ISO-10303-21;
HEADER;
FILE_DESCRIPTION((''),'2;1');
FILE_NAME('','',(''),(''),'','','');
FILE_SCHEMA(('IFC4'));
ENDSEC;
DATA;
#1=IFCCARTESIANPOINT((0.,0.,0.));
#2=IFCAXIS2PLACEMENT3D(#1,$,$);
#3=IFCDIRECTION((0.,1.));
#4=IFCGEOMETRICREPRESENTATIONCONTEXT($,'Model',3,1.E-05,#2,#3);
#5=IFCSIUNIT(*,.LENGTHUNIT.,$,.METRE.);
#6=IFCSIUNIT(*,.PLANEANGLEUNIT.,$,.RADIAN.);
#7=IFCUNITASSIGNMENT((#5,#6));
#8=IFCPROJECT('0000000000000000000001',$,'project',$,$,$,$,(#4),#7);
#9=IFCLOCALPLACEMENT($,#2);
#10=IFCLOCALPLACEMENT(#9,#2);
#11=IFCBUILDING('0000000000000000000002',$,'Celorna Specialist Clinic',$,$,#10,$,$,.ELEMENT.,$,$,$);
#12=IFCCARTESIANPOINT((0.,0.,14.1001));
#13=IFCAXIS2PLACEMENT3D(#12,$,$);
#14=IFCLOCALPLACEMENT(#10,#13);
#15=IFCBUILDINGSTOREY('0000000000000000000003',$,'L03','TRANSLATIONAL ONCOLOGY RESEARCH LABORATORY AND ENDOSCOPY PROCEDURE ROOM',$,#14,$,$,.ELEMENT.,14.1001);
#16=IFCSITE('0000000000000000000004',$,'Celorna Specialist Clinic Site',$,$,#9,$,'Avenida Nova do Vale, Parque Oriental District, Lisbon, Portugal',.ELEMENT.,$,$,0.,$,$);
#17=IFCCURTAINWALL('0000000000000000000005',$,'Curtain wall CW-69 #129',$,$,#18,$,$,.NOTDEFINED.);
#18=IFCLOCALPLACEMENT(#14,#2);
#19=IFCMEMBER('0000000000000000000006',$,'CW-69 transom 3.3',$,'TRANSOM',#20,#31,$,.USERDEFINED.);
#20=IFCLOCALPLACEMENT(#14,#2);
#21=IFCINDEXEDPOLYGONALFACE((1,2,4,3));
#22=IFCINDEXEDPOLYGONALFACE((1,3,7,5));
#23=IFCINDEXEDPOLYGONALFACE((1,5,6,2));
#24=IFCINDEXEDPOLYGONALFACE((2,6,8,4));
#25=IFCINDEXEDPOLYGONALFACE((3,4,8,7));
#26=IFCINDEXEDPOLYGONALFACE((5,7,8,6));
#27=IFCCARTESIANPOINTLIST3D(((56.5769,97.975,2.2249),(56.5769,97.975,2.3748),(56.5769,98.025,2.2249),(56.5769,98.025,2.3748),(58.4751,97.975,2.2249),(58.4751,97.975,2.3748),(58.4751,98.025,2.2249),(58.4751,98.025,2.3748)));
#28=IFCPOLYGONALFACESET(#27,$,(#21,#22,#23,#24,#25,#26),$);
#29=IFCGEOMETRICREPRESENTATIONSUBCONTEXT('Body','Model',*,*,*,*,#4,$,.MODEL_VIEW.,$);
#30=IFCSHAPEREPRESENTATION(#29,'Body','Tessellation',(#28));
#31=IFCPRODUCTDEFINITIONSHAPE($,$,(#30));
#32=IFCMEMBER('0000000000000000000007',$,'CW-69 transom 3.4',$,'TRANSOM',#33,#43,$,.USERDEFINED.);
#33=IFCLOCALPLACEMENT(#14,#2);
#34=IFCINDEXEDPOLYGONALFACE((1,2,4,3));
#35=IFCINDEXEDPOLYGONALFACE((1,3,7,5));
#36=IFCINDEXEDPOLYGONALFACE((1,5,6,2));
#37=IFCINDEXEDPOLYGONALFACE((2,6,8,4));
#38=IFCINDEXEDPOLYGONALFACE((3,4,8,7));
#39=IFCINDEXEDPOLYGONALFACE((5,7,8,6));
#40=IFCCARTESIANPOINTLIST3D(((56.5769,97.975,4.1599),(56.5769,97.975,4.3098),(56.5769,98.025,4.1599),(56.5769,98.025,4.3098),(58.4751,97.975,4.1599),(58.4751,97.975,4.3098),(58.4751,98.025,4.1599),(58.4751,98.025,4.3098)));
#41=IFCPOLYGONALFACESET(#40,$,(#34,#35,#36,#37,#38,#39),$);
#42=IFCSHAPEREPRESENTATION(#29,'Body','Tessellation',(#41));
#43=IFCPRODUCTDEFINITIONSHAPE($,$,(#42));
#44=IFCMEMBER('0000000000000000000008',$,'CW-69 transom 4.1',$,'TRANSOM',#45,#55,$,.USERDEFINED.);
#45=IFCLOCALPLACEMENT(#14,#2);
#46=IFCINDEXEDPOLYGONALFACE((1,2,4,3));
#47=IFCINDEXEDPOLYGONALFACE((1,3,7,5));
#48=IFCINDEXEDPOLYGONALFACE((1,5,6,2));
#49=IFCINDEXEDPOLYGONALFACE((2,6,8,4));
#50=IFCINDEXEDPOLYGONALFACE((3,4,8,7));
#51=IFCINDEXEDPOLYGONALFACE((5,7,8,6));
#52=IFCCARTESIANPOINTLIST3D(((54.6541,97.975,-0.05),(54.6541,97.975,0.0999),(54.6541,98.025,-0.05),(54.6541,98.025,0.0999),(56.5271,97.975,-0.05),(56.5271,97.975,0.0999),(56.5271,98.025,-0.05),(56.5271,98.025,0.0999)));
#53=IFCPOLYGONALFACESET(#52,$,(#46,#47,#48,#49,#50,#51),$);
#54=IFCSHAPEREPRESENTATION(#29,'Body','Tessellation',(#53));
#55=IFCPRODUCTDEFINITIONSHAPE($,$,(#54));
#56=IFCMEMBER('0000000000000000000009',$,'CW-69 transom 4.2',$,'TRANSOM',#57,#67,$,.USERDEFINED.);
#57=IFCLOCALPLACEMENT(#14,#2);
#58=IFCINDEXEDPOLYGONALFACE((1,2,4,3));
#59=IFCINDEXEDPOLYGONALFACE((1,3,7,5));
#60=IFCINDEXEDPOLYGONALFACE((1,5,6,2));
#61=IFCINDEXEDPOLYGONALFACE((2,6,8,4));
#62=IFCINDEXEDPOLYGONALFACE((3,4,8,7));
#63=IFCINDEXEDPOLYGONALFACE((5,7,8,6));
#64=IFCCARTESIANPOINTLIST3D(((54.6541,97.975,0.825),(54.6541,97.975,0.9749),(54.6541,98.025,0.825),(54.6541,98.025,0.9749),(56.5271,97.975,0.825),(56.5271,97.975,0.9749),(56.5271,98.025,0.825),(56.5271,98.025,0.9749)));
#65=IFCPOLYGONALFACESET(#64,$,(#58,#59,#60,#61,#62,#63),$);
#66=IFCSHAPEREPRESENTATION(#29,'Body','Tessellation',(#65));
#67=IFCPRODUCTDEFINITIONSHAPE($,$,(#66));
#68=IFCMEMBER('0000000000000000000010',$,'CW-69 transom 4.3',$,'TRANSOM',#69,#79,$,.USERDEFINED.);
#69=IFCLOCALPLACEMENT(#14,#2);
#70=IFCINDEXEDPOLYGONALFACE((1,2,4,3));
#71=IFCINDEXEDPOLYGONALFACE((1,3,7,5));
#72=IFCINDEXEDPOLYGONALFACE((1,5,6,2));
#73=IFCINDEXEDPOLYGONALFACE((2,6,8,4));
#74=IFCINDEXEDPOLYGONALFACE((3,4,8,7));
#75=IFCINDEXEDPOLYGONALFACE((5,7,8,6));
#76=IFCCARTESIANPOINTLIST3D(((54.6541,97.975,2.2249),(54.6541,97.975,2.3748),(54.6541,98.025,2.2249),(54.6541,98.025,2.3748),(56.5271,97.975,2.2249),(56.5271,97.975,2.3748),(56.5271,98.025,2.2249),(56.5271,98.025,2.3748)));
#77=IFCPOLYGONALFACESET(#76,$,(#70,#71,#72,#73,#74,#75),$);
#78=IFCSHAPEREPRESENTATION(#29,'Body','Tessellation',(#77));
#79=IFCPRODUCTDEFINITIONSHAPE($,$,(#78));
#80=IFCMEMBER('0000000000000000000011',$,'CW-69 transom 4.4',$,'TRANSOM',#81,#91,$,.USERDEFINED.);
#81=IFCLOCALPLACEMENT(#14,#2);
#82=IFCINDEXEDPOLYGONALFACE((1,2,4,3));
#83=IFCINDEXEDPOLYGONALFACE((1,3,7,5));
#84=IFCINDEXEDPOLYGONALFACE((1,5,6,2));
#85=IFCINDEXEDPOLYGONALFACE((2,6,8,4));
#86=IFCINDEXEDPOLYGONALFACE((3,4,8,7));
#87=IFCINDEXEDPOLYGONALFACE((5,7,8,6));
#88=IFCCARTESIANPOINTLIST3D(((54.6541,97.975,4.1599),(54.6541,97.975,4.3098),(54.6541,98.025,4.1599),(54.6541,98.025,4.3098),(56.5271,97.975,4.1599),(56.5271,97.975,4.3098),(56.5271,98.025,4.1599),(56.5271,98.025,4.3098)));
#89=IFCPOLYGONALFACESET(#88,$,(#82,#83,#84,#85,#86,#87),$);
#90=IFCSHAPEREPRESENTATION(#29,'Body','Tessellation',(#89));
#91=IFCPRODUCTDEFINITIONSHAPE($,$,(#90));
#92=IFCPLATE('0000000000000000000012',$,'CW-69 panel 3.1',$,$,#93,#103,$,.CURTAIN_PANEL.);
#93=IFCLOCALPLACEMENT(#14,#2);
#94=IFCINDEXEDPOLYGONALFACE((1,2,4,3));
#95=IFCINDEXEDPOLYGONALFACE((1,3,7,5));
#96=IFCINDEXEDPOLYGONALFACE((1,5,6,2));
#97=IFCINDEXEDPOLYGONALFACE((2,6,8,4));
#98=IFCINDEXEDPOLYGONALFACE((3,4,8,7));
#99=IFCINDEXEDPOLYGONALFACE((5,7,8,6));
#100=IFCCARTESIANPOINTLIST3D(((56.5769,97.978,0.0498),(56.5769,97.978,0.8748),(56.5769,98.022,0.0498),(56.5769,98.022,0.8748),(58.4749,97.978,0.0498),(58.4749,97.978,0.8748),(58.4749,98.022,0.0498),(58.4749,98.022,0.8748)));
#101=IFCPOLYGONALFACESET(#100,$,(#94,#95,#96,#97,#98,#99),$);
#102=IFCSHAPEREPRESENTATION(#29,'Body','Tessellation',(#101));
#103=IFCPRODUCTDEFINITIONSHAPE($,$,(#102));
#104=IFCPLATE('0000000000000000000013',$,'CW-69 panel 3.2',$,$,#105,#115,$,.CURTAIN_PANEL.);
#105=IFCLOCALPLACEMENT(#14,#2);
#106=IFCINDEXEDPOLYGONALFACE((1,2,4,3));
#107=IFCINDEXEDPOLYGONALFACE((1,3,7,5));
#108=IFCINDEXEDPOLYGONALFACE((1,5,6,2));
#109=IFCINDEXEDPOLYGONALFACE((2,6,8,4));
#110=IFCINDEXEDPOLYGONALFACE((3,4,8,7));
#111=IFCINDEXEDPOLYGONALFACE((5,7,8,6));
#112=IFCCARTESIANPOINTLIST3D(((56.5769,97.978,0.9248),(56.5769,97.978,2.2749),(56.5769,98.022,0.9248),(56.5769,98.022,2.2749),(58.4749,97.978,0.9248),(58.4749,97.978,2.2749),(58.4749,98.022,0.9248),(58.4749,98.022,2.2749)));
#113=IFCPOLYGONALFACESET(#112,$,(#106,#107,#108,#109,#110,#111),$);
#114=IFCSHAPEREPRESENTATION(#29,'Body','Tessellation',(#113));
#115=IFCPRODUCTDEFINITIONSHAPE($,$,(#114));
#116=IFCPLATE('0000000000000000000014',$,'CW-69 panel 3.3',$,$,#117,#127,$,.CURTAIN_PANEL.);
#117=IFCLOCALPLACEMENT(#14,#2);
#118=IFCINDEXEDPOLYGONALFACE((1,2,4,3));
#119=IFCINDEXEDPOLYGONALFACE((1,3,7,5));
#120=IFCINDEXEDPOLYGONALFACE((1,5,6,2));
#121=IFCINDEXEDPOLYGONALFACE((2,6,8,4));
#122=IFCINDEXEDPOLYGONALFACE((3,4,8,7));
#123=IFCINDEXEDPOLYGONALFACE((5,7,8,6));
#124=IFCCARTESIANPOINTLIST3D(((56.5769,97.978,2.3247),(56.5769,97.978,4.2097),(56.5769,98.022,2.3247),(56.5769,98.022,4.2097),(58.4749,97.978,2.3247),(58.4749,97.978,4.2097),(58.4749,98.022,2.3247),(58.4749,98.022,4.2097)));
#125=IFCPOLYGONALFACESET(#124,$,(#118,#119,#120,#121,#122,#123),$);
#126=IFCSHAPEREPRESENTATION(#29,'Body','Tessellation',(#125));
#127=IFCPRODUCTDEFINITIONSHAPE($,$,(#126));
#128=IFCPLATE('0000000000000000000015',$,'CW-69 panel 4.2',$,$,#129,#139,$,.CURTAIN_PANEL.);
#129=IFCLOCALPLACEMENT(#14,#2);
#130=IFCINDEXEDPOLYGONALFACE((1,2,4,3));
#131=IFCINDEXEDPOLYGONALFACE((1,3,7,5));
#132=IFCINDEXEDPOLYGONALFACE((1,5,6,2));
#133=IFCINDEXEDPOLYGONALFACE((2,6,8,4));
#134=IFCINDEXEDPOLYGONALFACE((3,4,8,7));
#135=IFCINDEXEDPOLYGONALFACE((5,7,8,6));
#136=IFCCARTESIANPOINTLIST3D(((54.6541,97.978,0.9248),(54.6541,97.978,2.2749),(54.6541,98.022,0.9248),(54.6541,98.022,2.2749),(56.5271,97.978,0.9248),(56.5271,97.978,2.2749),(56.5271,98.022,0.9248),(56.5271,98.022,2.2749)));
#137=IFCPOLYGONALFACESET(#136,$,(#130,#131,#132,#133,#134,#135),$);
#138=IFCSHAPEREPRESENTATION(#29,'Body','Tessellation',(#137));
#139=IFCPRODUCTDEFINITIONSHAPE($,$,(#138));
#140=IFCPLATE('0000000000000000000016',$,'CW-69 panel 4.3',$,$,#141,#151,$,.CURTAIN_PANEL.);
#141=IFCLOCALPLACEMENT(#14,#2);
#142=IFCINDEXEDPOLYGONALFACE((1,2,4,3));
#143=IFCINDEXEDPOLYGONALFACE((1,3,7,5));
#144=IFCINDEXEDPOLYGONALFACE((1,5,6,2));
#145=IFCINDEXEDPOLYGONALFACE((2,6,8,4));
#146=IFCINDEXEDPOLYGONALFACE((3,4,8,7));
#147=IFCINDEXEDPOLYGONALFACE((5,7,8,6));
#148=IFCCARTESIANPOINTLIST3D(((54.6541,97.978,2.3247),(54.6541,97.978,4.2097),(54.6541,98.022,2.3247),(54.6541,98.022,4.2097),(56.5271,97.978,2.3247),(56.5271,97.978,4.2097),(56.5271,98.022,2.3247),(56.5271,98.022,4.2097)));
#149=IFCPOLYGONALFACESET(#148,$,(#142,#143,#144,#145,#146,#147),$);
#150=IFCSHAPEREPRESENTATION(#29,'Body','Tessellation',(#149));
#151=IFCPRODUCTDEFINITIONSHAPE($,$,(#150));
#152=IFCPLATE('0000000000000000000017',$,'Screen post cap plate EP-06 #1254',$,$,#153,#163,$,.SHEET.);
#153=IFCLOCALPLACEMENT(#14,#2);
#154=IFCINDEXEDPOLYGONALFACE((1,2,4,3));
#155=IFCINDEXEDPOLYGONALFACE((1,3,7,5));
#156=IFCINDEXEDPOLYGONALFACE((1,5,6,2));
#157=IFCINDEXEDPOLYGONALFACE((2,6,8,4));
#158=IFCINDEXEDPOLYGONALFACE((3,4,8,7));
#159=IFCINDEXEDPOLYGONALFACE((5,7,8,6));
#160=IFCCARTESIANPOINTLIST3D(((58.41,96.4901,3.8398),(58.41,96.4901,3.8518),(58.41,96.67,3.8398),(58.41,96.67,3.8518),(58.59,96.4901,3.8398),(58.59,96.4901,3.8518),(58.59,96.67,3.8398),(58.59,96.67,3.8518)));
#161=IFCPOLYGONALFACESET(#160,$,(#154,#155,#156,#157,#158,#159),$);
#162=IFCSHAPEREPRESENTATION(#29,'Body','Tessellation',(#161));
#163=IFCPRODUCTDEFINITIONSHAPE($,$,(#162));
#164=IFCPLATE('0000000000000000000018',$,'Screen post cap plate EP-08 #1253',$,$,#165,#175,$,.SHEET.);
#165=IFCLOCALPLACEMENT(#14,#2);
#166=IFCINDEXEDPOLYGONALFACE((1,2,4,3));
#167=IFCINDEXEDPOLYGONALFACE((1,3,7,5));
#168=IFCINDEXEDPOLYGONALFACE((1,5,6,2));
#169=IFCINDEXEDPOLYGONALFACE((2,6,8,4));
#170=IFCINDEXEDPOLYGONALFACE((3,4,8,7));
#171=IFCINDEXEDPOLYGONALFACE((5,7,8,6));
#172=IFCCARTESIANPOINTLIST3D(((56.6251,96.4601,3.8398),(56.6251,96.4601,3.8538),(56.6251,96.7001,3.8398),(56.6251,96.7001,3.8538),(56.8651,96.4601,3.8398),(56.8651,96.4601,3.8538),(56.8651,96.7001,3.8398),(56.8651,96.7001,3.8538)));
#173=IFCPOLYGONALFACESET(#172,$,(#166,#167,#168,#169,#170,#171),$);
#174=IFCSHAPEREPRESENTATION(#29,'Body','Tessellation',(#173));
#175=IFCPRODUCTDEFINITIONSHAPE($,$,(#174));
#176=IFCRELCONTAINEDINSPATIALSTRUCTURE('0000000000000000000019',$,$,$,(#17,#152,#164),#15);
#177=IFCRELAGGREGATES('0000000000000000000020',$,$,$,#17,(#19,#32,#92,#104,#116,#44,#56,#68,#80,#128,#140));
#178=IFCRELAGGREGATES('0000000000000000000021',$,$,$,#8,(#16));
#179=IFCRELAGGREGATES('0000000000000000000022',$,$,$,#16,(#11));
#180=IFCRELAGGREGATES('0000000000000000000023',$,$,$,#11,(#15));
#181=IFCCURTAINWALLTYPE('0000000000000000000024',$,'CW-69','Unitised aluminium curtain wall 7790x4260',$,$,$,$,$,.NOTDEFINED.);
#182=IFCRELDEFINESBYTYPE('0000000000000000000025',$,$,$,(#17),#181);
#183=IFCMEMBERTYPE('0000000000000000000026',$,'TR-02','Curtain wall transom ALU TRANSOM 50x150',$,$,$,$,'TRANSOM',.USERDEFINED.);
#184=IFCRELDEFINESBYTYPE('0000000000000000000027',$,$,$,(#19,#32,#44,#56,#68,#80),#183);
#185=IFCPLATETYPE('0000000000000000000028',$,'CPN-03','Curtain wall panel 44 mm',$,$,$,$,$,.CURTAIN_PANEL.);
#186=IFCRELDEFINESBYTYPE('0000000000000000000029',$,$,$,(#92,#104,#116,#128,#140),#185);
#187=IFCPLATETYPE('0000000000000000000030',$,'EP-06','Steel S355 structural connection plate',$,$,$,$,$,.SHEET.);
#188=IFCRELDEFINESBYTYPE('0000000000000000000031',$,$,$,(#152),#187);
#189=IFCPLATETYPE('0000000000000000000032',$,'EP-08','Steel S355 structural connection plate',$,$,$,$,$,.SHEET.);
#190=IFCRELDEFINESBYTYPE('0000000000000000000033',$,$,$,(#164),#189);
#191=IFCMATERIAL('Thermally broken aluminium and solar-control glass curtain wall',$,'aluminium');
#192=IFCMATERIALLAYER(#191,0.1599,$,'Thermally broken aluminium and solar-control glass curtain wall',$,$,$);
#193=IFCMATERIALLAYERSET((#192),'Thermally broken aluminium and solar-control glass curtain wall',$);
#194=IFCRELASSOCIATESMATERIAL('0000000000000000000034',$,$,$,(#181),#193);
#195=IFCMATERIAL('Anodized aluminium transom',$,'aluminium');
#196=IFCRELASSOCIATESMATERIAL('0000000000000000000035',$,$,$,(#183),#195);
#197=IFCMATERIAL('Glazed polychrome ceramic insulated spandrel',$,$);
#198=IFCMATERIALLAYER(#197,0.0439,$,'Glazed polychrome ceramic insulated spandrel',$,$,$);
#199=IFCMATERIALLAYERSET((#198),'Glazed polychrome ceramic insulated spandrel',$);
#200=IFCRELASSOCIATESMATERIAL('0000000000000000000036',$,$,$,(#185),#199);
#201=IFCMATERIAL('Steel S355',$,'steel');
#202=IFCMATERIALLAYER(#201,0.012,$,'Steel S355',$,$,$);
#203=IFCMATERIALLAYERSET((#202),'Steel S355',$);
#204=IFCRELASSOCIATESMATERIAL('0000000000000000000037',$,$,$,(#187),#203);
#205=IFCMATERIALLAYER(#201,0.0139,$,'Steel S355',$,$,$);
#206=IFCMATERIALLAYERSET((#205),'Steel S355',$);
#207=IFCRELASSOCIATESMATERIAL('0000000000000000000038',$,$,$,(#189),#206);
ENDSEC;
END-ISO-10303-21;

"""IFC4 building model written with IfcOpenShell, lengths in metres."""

from ifc_helpers import new_model, si_unit, direction, frame, origin, origin_2d, place, context, subcontext, project, spatial, rectangle, extrude, material, layer, layer_set, material_profile, profile_set, type_object, element, aggregate, save


model = new_model("IFC4")

# Units and contexts
model_context = context("Model", 3, precision=1e-05, world=origin(), true_north=direction((0.0, 1.0)))
body_context = subcontext(model_context, "Body", "Model", "MODEL_VIEW")
ifc_project = project(units=[si_unit("LENGTHUNIT", "METRE"), si_unit("PLANEANGLEUNIT", "RADIAN")], contexts=[model_context])

# Site, building, storey
site_placement = place(None, origin())
site = spatial("IfcSite", under=ifc_project, at=site_placement, Name="Celorna Specialist Clinic Site", LongName="Avenida Nova do Vale, Parque Oriental District, Lisbon, Portugal", CompositionType="ELEMENT", RefElevation=0.0)
building_placement = place(site_placement, origin())
building = spatial("IfcBuilding", under=site, at=building_placement, Name="Celorna Specialist Clinic", CompositionType="ELEMENT")
storey_placement = place(building_placement, frame((0.0, 0.0, 14.1001)))
storey = spatial("IfcBuildingStorey", under=building, at=storey_placement, Name="L03", Description="TRANSLATIONAL ONCOLOGY RESEARCH LABORATORY AND ENDOSCOPY PROCEDURE ROOM", CompositionType="ELEMENT", Elevation=14.1001)

# Shared definitions
ifc_material_1 = material(Name="Steel S355", Category="steel")

# Curtain wall, members, plates
ifc_material_2 = material(Name="Thermally broken aluminium and solar-control glass curtain wall", Category="aluminium")
ifc_layer_1 = layer(ifc_material_2, 0.1599, Name="Thermally broken aluminium and solar-control glass curtain wall")
ifc_layer_set_1 = layer_set([ifc_layer_1], Name="Thermally broken aluminium and solar-control glass curtain wall")
curtain_wall_type = type_object("IfcCurtainWallType", Name="CW-69", Description="Unitised aluminium curtain wall 7790x4260", PredefinedType="NOTDEFINED", material=ifc_layer_set_1)
curtain_wall_placement = place(storey_placement, origin())
curtain_wall = element("IfcCurtainWall", 1, at=curtain_wall_placement, inside=storey, type_object=curtain_wall_type, Name="Curtain wall CW-69 #129", PredefinedType="NOTDEFINED")
ifc_material_3 = material(Name="Anodized aluminium transom", Category="aluminium")
ifc_material_profile_1 = material_profile(ifc_material_3, rectangle(XDim=0.05, YDim=0.1499, at=origin_2d()), Name="ALU TRANSOM 50x150")
ifc_profile_set_1 = profile_set([ifc_material_profile_1], Name="Anodized aluminium transom")
member_type_1 = type_object("IfcMemberType", Name="TR-02", Description="Curtain wall transom ALU TRANSOM 50x150", ElementType="TRANSOM", PredefinedType="USERDEFINED", material=ifc_profile_set_1)
member_1_placement = place(storey_placement, frame((58.4751, 98.0, 2.2998), z_axis=(-1.0, 0.0, 0.0), x_axis=(0.0, -1.0, 0.0)))
member_1 = element("IfcMember", 2, at=member_1_placement, type_object=member_type_1, Name="CW-69 transom 3.3", ObjectType="TRANSOM", PredefinedType="USERDEFINED", context=body_context, shape_type="SweptSolid", body=[
    extrude(rectangle(XDim=0.05, YDim=0.1499, at=origin_2d()), origin(), (0.0, 0.0, 1.0), 1.8982),
])
member_2_placement = place(storey_placement, frame((58.4751, 98.0, 4.2349), z_axis=(-1.0, 0.0, 0.0), x_axis=(0.0, -1.0, 0.0)))
member_2 = element("IfcMember", 3, at=member_2_placement, type_object=member_type_1, Name="CW-69 transom 3.4", ObjectType="TRANSOM", PredefinedType="USERDEFINED", context=body_context, shape_type="SweptSolid", body=[
    extrude(rectangle(XDim=0.05, YDim=0.1499, at=origin_2d()), origin(), (0.0, 0.0, 1.0), 1.8982),
])
member_3_placement = place(storey_placement, frame((56.5271, 98.0, 0.0249), z_axis=(-1.0, 0.0, 0.0), x_axis=(0.0, -1.0, 0.0)))
member_3 = element("IfcMember", 4, at=member_3_placement, type_object=member_type_1, Name="CW-69 transom 4.1", ObjectType="TRANSOM", PredefinedType="USERDEFINED", context=body_context, shape_type="SweptSolid", body=[
    extrude(rectangle(XDim=0.05, YDim=0.1499, at=origin_2d()), origin(), (0.0, 0.0, 1.0), 1.873),
])
member_4_placement = place(storey_placement, frame((56.5271, 98.0, 0.8999), z_axis=(-1.0, 0.0, 0.0), x_axis=(0.0, -1.0, 0.0)))
member_4 = element("IfcMember", 5, at=member_4_placement, type_object=member_type_1, Name="CW-69 transom 4.2", ObjectType="TRANSOM", PredefinedType="USERDEFINED", context=body_context, shape_type="SweptSolid", body=[
    extrude(rectangle(XDim=0.05, YDim=0.1499, at=origin_2d()), origin(), (0.0, 0.0, 1.0), 1.873),
])
member_5_placement = place(storey_placement, frame((56.5271, 98.0, 2.2998), z_axis=(-1.0, 0.0, 0.0), x_axis=(0.0, -1.0, 0.0)))
member_5 = element("IfcMember", 6, at=member_5_placement, type_object=member_type_1, Name="CW-69 transom 4.3", ObjectType="TRANSOM", PredefinedType="USERDEFINED", context=body_context, shape_type="SweptSolid", body=[
    extrude(rectangle(XDim=0.05, YDim=0.1499, at=origin_2d()), origin(), (0.0, 0.0, 1.0), 1.873),
])
member_6_placement = place(storey_placement, frame((56.5271, 98.0, 4.2349), z_axis=(-1.0, 0.0, 0.0), x_axis=(0.0, -1.0, 0.0)))
member_6 = element("IfcMember", 7, at=member_6_placement, type_object=member_type_1, Name="CW-69 transom 4.4", ObjectType="TRANSOM", PredefinedType="USERDEFINED", context=body_context, shape_type="SweptSolid", body=[
    extrude(rectangle(XDim=0.05, YDim=0.1499, at=origin_2d()), origin(), (0.0, 0.0, 1.0), 1.873),
])
ifc_material_4 = material(Name="Glazed polychrome ceramic insulated spandrel")
ifc_layer_2 = layer(ifc_material_4, 0.0439, Name="Glazed polychrome ceramic insulated spandrel")
ifc_layer_set_2 = layer_set([ifc_layer_2], Name="Glazed polychrome ceramic insulated spandrel")
plate_type_1 = type_object("IfcPlateType", Name="CPN-03", Description="Curtain wall panel 44 mm", PredefinedType="CURTAIN_PANEL", material=ifc_layer_set_2)
plate_1_placement = place(storey_placement, frame((57.5259, 98.0, 0.0498), z_axis=(0.0, 0.0, 1.0), x_axis=(-1.0, 0.0, 0.0)))
plate_1 = element("IfcPlate", 8, at=plate_1_placement, type_object=plate_type_1, Name="CW-69 panel 3.1", PredefinedType="CURTAIN_PANEL", context=body_context, shape_type="SweptSolid", body=[
    extrude(rectangle(XDim=1.8979, YDim=0.0439, at=origin_2d()), origin(), (0.0, 0.0, 1.0), 0.825),
])
plate_2_placement = place(storey_placement, frame((57.5259, 98.0, 0.9248), z_axis=(0.0, 0.0, 1.0), x_axis=(-1.0, 0.0, 0.0)))
plate_2 = element("IfcPlate", 9, at=plate_2_placement, type_object=plate_type_1, Name="CW-69 panel 3.2", PredefinedType="CURTAIN_PANEL", context=body_context, shape_type="SweptSolid", body=[
    extrude(rectangle(XDim=1.8979, YDim=0.0439, at=origin_2d()), origin(), (0.0, 0.0, 1.0), 1.3501),
])
plate_3_placement = place(storey_placement, frame((57.5259, 98.0, 2.3247), z_axis=(0.0, 0.0, 1.0), x_axis=(-1.0, 0.0, 0.0)))
plate_3 = element("IfcPlate", 10, at=plate_3_placement, type_object=plate_type_1, Name="CW-69 panel 3.3", PredefinedType="CURTAIN_PANEL", context=body_context, shape_type="SweptSolid", body=[
    extrude(rectangle(XDim=1.8979, YDim=0.0439, at=origin_2d()), origin(), (0.0, 0.0, 1.0), 1.885),
])
plate_4_placement = place(storey_placement, frame((55.5906, 98.0, 0.9248), z_axis=(0.0, 0.0, 1.0), x_axis=(-1.0, 0.0, 0.0)))
plate_4 = element("IfcPlate", 11, at=plate_4_placement, type_object=plate_type_1, Name="CW-69 panel 4.2", PredefinedType="CURTAIN_PANEL", context=body_context, shape_type="SweptSolid", body=[
    extrude(rectangle(XDim=1.873, YDim=0.0439, at=origin_2d()), origin(), (0.0, 0.0, 1.0), 1.3501),
])
plate_5_placement = place(storey_placement, frame((55.5906, 98.0, 2.3247), z_axis=(0.0, 0.0, 1.0), x_axis=(-1.0, 0.0, 0.0)))
plate_5 = element("IfcPlate", 12, at=plate_5_placement, type_object=plate_type_1, Name="CW-69 panel 4.3", PredefinedType="CURTAIN_PANEL", context=body_context, shape_type="SweptSolid", body=[
    extrude(rectangle(XDim=1.873, YDim=0.0439, at=origin_2d()), origin(), (0.0, 0.0, 1.0), 1.885),
])
aggregate(curtain_wall, [member_1, member_2, plate_1, plate_2, plate_3, member_3, member_4, member_5, member_6, plate_4, plate_5])

# Plates
ifc_layer_3 = layer(ifc_material_1, 0.012, Name="Steel S355")
ifc_layer_set_3 = layer_set([ifc_layer_3], Name="Steel S355")
plate_type_2 = type_object("IfcPlateType", Name="EP-06", Description="Steel S355 structural connection plate", PredefinedType="SHEET", material=ifc_layer_set_3)
plate_6_placement = place(storey_placement, frame((58.5, 96.5801, 3.8398), z_axis=(0.0, 0.0, 1.0), x_axis=(1.0, 0.0, 0.0)))
element("IfcPlate", 13, at=plate_6_placement, inside=storey, type_object=plate_type_2, Name="Screen post cap plate EP-06 #1254", PredefinedType="SHEET", context=body_context, shape_type="SweptSolid", body=[
    extrude(rectangle(XDim=0.1799, YDim=0.1799, at=origin_2d()), origin(), (0.0, 0.0, 1.0), 0.012),
])
ifc_layer_4 = layer(ifc_material_1, 0.0139, Name="Steel S355")
ifc_layer_set_4 = layer_set([ifc_layer_4], Name="Steel S355")
plate_type_3 = type_object("IfcPlateType", Name="EP-08", Description="Steel S355 structural connection plate", PredefinedType="SHEET", material=ifc_layer_set_4)
plate_7_placement = place(storey_placement, frame((56.7451, 96.5801, 3.8398), z_axis=(0.0, 0.0, 1.0), x_axis=(1.0, 0.0, 0.0)))
element("IfcPlate", 14, at=plate_7_placement, inside=storey, type_object=plate_type_3, Name="Screen post cap plate EP-08 #1253", PredefinedType="SHEET", context=body_context, shape_type="SweptSolid", body=[
    extrude(rectangle(XDim=0.24, YDim=0.24, at=origin_2d()), origin(), (0.0, 0.0, 1.0), 0.0139),
])

save(model, "model.ifc")
